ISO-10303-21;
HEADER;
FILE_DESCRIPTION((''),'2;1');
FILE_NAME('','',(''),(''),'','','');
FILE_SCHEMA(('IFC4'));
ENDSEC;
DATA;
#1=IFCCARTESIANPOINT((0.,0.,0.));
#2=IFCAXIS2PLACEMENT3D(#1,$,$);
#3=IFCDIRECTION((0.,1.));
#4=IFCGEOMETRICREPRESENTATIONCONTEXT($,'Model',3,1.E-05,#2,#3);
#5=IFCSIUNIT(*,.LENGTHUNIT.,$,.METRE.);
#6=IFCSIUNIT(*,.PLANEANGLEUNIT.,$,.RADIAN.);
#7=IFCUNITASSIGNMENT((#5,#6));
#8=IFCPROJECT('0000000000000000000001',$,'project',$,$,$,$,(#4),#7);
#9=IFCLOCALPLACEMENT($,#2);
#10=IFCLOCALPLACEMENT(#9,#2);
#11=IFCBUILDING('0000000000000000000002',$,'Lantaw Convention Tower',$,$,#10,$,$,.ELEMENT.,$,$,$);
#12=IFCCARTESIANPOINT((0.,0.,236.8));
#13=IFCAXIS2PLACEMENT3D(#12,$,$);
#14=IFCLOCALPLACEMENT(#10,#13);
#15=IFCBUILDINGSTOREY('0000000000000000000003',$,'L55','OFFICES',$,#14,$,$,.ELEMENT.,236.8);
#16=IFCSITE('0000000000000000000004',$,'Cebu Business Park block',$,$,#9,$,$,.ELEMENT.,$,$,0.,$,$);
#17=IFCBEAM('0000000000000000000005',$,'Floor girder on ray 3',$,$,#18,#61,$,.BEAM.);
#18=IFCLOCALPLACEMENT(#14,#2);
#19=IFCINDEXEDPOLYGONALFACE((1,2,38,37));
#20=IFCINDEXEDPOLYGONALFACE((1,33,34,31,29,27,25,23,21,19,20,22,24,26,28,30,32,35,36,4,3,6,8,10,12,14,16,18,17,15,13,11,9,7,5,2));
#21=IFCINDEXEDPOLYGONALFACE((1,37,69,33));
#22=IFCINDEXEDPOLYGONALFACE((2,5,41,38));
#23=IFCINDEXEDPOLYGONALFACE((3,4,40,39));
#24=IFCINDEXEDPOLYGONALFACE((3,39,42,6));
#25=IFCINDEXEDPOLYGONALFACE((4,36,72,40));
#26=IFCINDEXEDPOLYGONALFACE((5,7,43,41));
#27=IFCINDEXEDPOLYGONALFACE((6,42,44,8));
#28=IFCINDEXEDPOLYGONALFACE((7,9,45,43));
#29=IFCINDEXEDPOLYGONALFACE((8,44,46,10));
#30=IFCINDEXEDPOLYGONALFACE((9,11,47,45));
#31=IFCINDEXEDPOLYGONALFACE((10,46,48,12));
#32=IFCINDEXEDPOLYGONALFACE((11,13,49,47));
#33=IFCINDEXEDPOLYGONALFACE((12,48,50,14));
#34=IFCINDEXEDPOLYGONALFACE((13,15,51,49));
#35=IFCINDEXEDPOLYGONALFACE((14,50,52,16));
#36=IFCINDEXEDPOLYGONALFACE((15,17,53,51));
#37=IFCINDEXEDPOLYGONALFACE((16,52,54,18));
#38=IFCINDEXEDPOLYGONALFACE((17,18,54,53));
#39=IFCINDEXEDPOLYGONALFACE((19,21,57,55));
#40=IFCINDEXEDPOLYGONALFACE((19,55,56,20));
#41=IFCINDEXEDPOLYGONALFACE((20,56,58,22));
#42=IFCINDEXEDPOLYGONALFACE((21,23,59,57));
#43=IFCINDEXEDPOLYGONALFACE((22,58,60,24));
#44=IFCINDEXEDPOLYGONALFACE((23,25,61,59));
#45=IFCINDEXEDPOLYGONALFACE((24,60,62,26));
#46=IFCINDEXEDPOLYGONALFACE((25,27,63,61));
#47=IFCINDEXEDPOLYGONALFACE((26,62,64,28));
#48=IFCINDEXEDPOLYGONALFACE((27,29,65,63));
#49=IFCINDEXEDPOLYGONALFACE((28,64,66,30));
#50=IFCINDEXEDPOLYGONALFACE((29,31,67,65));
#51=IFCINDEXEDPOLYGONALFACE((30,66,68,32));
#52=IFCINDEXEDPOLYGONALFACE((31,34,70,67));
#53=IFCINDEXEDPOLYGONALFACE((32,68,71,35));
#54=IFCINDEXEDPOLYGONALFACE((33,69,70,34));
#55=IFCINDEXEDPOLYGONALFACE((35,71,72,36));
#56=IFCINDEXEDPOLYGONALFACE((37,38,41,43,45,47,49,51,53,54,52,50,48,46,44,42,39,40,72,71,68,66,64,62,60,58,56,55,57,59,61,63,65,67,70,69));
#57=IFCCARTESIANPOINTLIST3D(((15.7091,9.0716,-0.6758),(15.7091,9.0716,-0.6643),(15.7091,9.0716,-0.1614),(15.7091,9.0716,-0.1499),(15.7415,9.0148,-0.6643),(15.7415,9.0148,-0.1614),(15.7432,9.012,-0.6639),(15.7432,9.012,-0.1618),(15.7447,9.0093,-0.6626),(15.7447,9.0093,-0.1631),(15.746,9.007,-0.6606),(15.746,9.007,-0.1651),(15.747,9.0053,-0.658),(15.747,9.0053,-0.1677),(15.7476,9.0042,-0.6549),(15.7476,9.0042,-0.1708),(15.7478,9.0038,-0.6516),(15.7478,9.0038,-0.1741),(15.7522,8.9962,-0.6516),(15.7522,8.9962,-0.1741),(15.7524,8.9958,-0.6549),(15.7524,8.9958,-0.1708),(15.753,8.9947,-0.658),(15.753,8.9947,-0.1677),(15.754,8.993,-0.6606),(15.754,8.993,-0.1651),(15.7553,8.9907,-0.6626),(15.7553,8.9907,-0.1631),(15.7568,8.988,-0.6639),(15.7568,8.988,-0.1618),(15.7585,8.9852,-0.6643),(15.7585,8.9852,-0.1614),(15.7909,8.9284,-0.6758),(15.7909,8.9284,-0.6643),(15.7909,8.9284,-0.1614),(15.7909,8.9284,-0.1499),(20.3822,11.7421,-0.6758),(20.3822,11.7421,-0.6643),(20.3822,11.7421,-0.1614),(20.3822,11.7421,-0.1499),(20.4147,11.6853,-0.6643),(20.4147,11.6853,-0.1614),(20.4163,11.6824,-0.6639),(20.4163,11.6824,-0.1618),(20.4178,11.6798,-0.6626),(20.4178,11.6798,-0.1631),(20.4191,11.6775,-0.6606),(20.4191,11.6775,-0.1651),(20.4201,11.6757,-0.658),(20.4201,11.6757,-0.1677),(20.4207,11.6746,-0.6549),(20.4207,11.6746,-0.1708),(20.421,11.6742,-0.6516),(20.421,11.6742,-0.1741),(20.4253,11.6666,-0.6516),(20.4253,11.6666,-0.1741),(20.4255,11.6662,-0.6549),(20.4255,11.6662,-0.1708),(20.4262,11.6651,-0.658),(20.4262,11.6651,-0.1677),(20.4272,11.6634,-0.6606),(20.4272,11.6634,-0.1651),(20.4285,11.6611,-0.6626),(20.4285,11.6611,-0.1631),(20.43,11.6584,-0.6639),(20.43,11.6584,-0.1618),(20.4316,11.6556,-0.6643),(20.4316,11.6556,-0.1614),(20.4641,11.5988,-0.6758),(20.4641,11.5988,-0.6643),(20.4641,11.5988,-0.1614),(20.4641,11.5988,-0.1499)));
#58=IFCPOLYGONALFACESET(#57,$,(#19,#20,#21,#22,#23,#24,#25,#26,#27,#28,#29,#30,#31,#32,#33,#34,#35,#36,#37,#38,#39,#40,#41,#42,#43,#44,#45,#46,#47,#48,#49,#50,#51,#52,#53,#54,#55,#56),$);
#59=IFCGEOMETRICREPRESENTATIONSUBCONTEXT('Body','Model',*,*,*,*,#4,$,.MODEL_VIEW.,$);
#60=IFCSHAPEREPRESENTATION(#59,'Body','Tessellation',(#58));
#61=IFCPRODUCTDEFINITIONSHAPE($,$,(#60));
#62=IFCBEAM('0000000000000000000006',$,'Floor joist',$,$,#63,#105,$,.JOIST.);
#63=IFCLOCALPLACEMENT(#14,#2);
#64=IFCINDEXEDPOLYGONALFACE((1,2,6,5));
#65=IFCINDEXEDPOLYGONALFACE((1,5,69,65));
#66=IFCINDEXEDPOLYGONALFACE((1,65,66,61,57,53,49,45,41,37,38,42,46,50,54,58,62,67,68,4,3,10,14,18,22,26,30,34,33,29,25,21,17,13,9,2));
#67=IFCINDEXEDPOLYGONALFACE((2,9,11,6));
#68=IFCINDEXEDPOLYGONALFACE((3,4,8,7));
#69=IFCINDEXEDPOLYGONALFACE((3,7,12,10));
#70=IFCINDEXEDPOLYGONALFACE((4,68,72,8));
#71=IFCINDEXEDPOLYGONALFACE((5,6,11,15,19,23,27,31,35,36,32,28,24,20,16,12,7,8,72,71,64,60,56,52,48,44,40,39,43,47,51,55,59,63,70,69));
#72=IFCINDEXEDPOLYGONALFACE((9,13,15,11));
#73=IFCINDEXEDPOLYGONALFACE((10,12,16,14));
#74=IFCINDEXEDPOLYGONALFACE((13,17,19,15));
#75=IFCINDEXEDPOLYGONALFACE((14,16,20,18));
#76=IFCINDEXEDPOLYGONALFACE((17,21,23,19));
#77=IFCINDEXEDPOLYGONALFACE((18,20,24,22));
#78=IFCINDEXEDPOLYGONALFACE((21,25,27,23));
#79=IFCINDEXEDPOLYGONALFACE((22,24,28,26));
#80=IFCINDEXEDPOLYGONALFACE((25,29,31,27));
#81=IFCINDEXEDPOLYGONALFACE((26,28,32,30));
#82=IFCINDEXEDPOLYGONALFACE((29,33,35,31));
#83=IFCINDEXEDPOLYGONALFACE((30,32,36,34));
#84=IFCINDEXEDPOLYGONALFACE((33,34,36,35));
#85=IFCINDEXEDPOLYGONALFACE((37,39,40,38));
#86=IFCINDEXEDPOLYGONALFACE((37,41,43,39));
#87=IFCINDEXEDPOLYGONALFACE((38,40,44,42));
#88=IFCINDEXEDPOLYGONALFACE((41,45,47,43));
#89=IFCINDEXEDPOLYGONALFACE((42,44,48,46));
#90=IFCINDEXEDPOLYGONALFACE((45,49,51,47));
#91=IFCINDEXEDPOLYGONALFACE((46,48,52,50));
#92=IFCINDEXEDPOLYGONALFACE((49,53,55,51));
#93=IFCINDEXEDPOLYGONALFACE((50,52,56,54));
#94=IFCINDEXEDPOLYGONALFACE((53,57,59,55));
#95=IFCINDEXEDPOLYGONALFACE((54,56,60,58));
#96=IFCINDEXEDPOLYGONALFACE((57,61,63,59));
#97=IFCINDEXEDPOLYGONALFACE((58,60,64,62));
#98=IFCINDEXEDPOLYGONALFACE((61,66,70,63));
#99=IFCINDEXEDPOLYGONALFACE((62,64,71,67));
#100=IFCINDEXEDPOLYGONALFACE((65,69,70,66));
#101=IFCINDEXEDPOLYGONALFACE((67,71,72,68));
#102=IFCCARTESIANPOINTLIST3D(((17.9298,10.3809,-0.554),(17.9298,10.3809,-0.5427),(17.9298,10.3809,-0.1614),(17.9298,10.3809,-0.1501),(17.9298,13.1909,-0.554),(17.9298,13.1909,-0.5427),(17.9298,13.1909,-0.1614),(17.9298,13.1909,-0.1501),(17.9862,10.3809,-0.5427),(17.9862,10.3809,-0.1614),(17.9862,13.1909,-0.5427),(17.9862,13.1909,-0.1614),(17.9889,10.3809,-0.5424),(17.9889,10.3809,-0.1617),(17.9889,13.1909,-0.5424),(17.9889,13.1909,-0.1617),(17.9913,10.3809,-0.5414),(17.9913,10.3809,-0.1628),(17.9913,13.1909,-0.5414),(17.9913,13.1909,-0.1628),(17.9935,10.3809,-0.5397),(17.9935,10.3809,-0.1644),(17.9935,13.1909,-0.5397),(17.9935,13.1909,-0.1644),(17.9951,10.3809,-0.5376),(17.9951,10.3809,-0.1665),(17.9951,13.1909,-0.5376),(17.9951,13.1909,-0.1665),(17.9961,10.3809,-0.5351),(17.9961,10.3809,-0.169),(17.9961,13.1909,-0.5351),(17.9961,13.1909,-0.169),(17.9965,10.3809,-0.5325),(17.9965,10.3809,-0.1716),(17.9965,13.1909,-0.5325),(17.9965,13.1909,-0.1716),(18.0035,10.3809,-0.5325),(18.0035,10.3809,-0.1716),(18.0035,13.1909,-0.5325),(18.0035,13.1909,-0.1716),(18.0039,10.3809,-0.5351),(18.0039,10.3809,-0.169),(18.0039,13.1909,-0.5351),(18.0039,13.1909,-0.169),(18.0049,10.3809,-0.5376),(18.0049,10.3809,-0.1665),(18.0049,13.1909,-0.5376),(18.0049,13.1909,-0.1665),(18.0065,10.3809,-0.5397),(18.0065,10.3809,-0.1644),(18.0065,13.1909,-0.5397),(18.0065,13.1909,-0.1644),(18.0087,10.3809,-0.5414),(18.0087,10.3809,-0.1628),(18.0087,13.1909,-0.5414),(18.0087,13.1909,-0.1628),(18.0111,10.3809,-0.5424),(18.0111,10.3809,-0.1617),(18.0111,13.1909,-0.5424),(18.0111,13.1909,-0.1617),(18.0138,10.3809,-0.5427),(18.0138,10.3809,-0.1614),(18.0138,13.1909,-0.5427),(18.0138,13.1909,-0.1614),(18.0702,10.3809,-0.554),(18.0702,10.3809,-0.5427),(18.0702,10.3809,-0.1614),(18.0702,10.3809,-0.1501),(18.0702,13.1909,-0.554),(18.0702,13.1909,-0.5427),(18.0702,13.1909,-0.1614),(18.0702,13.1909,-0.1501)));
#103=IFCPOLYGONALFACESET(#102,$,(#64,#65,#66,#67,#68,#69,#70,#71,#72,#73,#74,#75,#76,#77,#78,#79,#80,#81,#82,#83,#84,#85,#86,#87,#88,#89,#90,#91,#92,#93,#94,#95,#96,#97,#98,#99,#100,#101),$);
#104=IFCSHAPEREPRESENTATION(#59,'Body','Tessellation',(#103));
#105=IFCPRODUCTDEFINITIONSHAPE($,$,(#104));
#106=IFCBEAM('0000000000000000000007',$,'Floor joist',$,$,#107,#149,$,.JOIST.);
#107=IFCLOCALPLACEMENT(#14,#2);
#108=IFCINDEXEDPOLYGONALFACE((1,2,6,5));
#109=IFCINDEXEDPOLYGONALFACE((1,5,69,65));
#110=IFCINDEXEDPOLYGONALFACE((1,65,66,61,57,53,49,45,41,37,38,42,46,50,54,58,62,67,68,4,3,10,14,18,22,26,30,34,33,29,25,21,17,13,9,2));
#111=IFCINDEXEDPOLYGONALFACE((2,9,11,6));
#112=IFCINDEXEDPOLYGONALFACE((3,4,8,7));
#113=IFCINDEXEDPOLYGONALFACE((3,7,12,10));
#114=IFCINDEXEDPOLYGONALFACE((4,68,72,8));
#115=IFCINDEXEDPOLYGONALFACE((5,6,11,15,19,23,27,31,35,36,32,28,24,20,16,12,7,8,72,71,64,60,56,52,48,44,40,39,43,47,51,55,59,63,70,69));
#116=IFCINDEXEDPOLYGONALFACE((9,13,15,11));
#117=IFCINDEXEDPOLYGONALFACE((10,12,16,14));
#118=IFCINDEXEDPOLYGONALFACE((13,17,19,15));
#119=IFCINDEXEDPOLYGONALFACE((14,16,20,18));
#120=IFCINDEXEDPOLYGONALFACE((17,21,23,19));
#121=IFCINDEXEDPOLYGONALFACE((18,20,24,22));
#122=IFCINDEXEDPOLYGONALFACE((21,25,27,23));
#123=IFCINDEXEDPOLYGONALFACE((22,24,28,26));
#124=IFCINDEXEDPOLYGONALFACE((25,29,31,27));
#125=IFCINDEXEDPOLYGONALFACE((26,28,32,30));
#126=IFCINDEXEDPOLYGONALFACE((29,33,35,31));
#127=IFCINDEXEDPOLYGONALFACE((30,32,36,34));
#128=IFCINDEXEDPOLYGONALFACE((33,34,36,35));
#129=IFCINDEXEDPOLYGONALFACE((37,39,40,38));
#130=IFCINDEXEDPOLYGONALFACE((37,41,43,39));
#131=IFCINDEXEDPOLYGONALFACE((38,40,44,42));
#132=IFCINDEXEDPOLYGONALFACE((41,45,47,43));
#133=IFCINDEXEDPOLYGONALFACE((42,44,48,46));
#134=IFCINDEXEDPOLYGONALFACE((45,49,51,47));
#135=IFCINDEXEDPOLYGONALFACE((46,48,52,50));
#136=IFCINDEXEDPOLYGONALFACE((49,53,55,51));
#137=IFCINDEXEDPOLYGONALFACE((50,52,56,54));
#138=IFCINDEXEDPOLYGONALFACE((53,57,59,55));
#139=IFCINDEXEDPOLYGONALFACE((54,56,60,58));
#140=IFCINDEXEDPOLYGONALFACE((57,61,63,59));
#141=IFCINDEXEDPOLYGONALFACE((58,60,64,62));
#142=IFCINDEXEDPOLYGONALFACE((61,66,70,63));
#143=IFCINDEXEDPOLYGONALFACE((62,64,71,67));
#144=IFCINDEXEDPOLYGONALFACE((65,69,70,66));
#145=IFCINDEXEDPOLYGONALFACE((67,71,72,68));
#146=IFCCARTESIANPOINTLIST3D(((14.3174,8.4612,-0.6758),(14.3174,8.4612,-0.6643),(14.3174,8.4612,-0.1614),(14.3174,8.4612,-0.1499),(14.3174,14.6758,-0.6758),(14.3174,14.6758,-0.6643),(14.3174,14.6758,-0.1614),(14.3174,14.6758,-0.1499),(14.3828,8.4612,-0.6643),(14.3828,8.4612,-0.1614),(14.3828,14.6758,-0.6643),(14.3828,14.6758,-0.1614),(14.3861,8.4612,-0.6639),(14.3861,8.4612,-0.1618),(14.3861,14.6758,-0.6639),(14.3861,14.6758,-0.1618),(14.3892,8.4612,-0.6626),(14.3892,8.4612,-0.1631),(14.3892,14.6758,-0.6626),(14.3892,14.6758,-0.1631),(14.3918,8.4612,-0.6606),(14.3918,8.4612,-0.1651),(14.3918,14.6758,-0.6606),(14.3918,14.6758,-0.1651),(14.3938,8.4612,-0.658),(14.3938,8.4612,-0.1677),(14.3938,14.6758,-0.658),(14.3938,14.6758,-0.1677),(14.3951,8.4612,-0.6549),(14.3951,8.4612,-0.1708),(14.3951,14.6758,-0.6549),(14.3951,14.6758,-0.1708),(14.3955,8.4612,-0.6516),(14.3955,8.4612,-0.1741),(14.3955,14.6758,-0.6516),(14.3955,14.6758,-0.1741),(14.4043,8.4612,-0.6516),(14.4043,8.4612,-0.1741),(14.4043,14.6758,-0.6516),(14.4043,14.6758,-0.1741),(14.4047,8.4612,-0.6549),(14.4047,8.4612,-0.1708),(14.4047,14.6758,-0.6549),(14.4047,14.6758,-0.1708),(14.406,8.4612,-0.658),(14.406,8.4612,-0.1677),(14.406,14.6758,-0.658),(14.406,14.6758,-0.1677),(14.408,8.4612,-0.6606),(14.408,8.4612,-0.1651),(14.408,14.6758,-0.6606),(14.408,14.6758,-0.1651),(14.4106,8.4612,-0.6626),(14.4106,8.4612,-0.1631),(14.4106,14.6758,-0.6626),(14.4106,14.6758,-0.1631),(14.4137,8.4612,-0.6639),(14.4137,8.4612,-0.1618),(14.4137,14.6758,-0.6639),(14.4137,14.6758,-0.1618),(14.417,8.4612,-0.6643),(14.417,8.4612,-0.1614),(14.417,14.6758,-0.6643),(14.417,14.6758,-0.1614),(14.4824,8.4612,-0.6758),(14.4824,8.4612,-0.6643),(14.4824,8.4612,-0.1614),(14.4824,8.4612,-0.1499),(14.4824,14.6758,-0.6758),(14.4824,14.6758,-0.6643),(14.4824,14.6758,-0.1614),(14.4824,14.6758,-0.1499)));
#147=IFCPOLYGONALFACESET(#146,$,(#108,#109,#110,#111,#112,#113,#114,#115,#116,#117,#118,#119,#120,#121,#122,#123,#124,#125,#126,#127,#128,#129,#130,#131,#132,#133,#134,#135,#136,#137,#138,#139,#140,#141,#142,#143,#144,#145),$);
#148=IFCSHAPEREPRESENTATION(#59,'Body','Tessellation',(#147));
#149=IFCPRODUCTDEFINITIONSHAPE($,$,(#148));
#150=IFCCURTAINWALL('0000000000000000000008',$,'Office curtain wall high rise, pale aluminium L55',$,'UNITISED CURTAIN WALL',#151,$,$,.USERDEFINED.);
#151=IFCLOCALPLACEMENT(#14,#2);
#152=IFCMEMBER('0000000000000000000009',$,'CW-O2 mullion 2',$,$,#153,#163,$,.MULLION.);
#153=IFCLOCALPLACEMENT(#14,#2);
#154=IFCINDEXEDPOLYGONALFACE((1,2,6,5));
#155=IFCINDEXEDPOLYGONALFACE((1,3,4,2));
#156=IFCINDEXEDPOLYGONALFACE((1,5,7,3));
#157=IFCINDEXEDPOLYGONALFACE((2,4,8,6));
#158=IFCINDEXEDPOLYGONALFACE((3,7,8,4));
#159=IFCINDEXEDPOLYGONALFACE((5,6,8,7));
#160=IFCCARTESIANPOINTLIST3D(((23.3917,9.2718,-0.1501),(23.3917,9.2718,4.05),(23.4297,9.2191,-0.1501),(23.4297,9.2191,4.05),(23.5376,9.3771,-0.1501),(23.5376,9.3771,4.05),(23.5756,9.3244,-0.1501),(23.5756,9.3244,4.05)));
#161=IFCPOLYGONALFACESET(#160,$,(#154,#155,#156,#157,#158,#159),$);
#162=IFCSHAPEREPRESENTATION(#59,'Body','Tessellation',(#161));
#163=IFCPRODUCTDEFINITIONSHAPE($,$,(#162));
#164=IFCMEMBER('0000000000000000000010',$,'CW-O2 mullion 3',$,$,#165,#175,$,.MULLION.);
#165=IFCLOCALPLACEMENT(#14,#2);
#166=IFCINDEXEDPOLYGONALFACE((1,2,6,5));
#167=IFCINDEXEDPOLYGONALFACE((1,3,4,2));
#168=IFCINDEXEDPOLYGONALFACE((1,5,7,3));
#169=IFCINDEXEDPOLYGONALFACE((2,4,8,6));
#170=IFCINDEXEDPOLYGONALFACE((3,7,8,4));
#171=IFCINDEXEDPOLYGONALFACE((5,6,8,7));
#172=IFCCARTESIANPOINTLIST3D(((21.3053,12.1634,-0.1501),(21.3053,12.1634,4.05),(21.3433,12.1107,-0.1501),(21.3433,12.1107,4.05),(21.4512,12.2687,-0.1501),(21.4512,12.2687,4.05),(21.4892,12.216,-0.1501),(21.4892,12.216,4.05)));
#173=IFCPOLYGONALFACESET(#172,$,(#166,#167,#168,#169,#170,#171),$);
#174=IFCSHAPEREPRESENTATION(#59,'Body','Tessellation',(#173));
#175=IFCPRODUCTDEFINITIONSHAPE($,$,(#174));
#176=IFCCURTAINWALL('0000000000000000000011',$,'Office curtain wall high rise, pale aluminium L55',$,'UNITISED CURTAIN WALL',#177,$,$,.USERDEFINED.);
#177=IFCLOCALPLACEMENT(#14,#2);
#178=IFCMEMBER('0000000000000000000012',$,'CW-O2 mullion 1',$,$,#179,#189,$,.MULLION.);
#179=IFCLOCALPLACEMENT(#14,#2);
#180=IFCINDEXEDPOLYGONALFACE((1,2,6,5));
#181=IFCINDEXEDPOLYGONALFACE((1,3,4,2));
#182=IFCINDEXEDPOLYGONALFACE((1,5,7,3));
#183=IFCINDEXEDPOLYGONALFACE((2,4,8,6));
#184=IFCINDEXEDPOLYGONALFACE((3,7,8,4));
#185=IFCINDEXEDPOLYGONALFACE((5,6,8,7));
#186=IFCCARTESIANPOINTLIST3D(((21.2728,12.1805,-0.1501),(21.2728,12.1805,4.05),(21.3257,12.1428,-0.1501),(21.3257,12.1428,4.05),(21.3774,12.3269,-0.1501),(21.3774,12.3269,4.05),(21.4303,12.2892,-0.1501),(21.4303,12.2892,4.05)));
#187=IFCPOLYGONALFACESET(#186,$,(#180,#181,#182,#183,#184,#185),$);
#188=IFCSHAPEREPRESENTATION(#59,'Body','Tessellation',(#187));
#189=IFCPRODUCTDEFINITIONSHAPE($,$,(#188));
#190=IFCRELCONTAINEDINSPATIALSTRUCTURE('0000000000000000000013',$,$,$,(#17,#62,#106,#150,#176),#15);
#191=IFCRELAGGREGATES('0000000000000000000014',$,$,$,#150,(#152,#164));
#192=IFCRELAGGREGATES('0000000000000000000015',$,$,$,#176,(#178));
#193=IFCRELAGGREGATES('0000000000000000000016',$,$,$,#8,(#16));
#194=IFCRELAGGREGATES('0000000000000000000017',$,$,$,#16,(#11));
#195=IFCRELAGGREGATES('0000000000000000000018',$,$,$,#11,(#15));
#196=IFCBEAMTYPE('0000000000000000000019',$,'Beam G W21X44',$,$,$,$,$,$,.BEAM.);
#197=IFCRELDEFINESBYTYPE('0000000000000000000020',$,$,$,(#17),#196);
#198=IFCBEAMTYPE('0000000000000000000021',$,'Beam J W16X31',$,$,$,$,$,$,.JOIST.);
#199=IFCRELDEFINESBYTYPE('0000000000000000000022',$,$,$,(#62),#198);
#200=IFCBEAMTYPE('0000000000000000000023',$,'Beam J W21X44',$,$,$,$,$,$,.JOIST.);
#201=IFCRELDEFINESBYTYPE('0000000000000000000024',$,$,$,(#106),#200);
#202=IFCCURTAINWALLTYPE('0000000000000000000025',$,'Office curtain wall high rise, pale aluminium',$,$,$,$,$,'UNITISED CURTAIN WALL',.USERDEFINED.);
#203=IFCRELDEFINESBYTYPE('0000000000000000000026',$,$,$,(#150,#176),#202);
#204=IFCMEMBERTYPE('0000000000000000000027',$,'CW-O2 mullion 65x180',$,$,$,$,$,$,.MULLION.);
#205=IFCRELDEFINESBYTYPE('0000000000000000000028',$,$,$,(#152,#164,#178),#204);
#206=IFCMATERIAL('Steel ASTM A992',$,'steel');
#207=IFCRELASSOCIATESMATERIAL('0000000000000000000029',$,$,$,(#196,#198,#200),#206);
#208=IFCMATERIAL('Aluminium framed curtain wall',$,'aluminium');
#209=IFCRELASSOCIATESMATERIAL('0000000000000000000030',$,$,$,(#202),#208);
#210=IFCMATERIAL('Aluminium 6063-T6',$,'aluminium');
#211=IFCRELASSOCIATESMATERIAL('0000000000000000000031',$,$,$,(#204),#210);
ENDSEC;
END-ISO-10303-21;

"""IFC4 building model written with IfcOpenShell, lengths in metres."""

from ifc_helpers import new_model, si_unit, direction, frame, origin, origin_2d, place, context, subcontext, project, spatial, rectangle, i_section, extrude, material, material_profile, profile_set, type_object, element, aggregate, save


model = new_model("IFC4")

# Units and contexts
model_context = context("Model", 3, precision=1e-05, world=origin(), true_north=direction((0.0, 1.0)))
body_context = subcontext(model_context, "Body", "Model", "MODEL_VIEW")
ifc_project = project(units=[si_unit("LENGTHUNIT", "METRE"), si_unit("PLANEANGLEUNIT", "RADIAN")], contexts=[model_context])

# Site, building, storey
site_placement = place(None, origin())
site = spatial("IfcSite", under=ifc_project, at=site_placement, Name="Cebu Business Park block", CompositionType="ELEMENT", RefElevation=0.0)
building_placement = place(site_placement, origin())
building = spatial("IfcBuilding", under=site, at=building_placement, Name="Lantaw Convention Tower", CompositionType="ELEMENT")
storey_placement = place(building_placement, frame((0.0, 0.0, 236.8)))
storey = spatial("IfcBuildingStorey", under=building, at=storey_placement, Name="L55", Description="OFFICES", CompositionType="ELEMENT", Elevation=236.8)

# Beams
ifc_material_1 = material(Name="Steel ASTM A992", Category="steel")
ifc_material_profile_1 = material_profile(ifc_material_1, i_section(OverallWidth=0.165, OverallDepth=0.5259, WebThickness=0.0088, FlangeThickness=0.0115, FilletRadius=0.0127, at=origin_2d()), Name="W21X44")
ifc_profile_set_1 = profile_set([ifc_material_profile_1], Name="Steel ASTM A992")
beam_type_1 = type_object("IfcBeamType", Name="Beam G W21X44", PredefinedType="BEAM", material=ifc_profile_set_1)
beam_1_placement = place(storey_placement, frame((15.75, 9.0, -0.4128), z_axis=(0.868238, 0.496149, 0.0), x_axis=(-0.496149, 0.868238, 0.0)))
element("IfcBeam", 1, at=beam_1_placement, inside=storey, type_object=beam_type_1, Name="Floor girder on ray 3", PredefinedType="BEAM", context=body_context, shape_type="SweptSolid", body=[
    extrude(i_section(OverallWidth=0.165, OverallDepth=0.5259, WebThickness=0.0088, FlangeThickness=0.0115, FilletRadius=0.0127, at=origin_2d()), origin(), (0.0, 0.0, 1.0), 5.3823),
])
ifc_material_profile_2 = material_profile(ifc_material_1, i_section(OverallWidth=0.1404, OverallDepth=0.4038, WebThickness=0.0071, FlangeThickness=0.0112, FilletRadius=0.0103, at=origin_2d()), Name="W16X31")
ifc_profile_set_2 = profile_set([ifc_material_profile_2], Name="Steel ASTM A992")
beam_type_2 = type_object("IfcBeamType", Name="Beam J W16X31", PredefinedType="JOIST", material=ifc_profile_set_2)
beam_2_placement = place(storey_placement, frame((18.0, 10.3809, -0.3521), z_axis=(0.0, 1.0, 0.0), x_axis=(-1.0, 0.0, 0.0)))
element("IfcBeam", 2, at=beam_2_placement, inside=storey, type_object=beam_type_2, Name="Floor joist", PredefinedType="JOIST", context=body_context, shape_type="SweptSolid", body=[
    extrude(i_section(OverallWidth=0.1404, OverallDepth=0.4038, WebThickness=0.0071, FlangeThickness=0.0112, FilletRadius=0.0103, at=origin_2d()), origin(), (0.0, 0.0, 1.0), 2.8101),
])
ifc_material_profile_3 = material_profile(ifc_material_1, i_section(OverallWidth=0.165, OverallDepth=0.5259, WebThickness=0.0088, FlangeThickness=0.0115, FilletRadius=0.0127, at=origin_2d()), Name="W21X44")
ifc_profile_set_3 = profile_set([ifc_material_profile_3], Name="Steel ASTM A992")
beam_type_3 = type_object("IfcBeamType", Name="Beam J W21X44", PredefinedType="JOIST", material=ifc_profile_set_3)
beam_3_placement = place(storey_placement, frame((14.3999, 8.4612, -0.4128), z_axis=(0.0, 1.0, 0.0), x_axis=(-1.0, 0.0, 0.0)))
element("IfcBeam", 3, at=beam_3_placement, inside=storey, type_object=beam_type_3, Name="Floor joist", PredefinedType="JOIST", context=body_context, shape_type="SweptSolid", body=[
    extrude(i_section(OverallWidth=0.165, OverallDepth=0.5259, WebThickness=0.0088, FlangeThickness=0.0115, FilletRadius=0.0127, at=origin_2d()), origin(), (0.0, 0.0, 1.0), 6.2146),
])

# Curtain walls, members
ifc_material_2 = material(Name="Aluminium framed curtain wall", Category="aluminium")
curtain_wall_type = type_object("IfcCurtainWallType", Name="Office curtain wall high rise, pale aluminium", ElementType="UNITISED CURTAIN WALL", PredefinedType="USERDEFINED", material=ifc_material_2)
curtain_wall_1_placement = place(storey_placement, origin())
curtain_wall_1 = element("IfcCurtainWall", 4, at=curtain_wall_1_placement, inside=storey, type_object=curtain_wall_type, Name="Office curtain wall high rise, pale aluminium L55", ObjectType="UNITISED CURTAIN WALL", PredefinedType="USERDEFINED")
ifc_material_3 = material(Name="Aluminium 6063-T6", Category="aluminium")
ifc_material_profile_4 = material_profile(ifc_material_3, rectangle(XDim=0.1799, YDim=0.0649, at=origin_2d()), Name="CW-O2 mullion 65x180")
ifc_profile_set_4 = profile_set([ifc_material_profile_4], Name="Aluminium 6063-T6")
member_type_1 = type_object("IfcMemberType", Name="CW-O2 mullion 65x180", PredefinedType="MULLION", material=ifc_profile_set_4)
member_1_placement = place(storey_placement, frame((23.4836, 9.2981, -0.1501), z_axis=(0.0, 0.0, 1.0), x_axis=(-0.81092, -0.585158, 0.0)))
member_1 = element("IfcMember", 5, at=member_1_placement, type_object=member_type_1, Name="CW-O2 mullion 2", PredefinedType="MULLION", context=body_context, shape_type="SweptSolid", body=[
    extrude(rectangle(XDim=0.1799, YDim=0.0649, at=origin_2d()), origin(), (0.0, 0.0, 1.0), 4.2002),
])
member_2_placement = place(storey_placement, frame((21.3972, 12.1897, -0.1501), z_axis=(0.0, 0.0, 1.0), x_axis=(-0.81092, -0.585158, 0.0)))
member_2 = element("IfcMember", 6, at=member_2_placement, type_object=member_type_1, Name="CW-O2 mullion 3", PredefinedType="MULLION", context=body_context, shape_type="SweptSolid", body=[
    extrude(rectangle(XDim=0.1799, YDim=0.0649, at=origin_2d()), origin(), (0.0, 0.0, 1.0), 4.2002),
])
curtain_wall_2_placement = place(storey_placement, origin())
curtain_wall_2 = element("IfcCurtainWall", 7, at=curtain_wall_2_placement, inside=storey, type_object=curtain_wall_type, Name="Office curtain wall high rise, pale aluminium L55", ObjectType="UNITISED CURTAIN WALL", PredefinedType="USERDEFINED")
member_3_placement = place(storey_placement, frame((21.3516, 12.2349, -0.1501), z_axis=(0.0, 0.0, 1.0), x_axis=(-0.581323, -0.813673, 0.0)))
member_3 = element("IfcMember", 8, at=member_3_placement, type_object=member_type_1, Name="CW-O2 mullion 1", PredefinedType="MULLION", context=body_context, shape_type="SweptSolid", body=[
    extrude(rectangle(XDim=0.1799, YDim=0.0649, at=origin_2d()), origin(), (0.0, 0.0, 1.0), 4.2002),
])

aggregate(curtain_wall_1, [member_1, member_2])
aggregate(curtain_wall_2, [member_3])

save(model, "model.ifc")
